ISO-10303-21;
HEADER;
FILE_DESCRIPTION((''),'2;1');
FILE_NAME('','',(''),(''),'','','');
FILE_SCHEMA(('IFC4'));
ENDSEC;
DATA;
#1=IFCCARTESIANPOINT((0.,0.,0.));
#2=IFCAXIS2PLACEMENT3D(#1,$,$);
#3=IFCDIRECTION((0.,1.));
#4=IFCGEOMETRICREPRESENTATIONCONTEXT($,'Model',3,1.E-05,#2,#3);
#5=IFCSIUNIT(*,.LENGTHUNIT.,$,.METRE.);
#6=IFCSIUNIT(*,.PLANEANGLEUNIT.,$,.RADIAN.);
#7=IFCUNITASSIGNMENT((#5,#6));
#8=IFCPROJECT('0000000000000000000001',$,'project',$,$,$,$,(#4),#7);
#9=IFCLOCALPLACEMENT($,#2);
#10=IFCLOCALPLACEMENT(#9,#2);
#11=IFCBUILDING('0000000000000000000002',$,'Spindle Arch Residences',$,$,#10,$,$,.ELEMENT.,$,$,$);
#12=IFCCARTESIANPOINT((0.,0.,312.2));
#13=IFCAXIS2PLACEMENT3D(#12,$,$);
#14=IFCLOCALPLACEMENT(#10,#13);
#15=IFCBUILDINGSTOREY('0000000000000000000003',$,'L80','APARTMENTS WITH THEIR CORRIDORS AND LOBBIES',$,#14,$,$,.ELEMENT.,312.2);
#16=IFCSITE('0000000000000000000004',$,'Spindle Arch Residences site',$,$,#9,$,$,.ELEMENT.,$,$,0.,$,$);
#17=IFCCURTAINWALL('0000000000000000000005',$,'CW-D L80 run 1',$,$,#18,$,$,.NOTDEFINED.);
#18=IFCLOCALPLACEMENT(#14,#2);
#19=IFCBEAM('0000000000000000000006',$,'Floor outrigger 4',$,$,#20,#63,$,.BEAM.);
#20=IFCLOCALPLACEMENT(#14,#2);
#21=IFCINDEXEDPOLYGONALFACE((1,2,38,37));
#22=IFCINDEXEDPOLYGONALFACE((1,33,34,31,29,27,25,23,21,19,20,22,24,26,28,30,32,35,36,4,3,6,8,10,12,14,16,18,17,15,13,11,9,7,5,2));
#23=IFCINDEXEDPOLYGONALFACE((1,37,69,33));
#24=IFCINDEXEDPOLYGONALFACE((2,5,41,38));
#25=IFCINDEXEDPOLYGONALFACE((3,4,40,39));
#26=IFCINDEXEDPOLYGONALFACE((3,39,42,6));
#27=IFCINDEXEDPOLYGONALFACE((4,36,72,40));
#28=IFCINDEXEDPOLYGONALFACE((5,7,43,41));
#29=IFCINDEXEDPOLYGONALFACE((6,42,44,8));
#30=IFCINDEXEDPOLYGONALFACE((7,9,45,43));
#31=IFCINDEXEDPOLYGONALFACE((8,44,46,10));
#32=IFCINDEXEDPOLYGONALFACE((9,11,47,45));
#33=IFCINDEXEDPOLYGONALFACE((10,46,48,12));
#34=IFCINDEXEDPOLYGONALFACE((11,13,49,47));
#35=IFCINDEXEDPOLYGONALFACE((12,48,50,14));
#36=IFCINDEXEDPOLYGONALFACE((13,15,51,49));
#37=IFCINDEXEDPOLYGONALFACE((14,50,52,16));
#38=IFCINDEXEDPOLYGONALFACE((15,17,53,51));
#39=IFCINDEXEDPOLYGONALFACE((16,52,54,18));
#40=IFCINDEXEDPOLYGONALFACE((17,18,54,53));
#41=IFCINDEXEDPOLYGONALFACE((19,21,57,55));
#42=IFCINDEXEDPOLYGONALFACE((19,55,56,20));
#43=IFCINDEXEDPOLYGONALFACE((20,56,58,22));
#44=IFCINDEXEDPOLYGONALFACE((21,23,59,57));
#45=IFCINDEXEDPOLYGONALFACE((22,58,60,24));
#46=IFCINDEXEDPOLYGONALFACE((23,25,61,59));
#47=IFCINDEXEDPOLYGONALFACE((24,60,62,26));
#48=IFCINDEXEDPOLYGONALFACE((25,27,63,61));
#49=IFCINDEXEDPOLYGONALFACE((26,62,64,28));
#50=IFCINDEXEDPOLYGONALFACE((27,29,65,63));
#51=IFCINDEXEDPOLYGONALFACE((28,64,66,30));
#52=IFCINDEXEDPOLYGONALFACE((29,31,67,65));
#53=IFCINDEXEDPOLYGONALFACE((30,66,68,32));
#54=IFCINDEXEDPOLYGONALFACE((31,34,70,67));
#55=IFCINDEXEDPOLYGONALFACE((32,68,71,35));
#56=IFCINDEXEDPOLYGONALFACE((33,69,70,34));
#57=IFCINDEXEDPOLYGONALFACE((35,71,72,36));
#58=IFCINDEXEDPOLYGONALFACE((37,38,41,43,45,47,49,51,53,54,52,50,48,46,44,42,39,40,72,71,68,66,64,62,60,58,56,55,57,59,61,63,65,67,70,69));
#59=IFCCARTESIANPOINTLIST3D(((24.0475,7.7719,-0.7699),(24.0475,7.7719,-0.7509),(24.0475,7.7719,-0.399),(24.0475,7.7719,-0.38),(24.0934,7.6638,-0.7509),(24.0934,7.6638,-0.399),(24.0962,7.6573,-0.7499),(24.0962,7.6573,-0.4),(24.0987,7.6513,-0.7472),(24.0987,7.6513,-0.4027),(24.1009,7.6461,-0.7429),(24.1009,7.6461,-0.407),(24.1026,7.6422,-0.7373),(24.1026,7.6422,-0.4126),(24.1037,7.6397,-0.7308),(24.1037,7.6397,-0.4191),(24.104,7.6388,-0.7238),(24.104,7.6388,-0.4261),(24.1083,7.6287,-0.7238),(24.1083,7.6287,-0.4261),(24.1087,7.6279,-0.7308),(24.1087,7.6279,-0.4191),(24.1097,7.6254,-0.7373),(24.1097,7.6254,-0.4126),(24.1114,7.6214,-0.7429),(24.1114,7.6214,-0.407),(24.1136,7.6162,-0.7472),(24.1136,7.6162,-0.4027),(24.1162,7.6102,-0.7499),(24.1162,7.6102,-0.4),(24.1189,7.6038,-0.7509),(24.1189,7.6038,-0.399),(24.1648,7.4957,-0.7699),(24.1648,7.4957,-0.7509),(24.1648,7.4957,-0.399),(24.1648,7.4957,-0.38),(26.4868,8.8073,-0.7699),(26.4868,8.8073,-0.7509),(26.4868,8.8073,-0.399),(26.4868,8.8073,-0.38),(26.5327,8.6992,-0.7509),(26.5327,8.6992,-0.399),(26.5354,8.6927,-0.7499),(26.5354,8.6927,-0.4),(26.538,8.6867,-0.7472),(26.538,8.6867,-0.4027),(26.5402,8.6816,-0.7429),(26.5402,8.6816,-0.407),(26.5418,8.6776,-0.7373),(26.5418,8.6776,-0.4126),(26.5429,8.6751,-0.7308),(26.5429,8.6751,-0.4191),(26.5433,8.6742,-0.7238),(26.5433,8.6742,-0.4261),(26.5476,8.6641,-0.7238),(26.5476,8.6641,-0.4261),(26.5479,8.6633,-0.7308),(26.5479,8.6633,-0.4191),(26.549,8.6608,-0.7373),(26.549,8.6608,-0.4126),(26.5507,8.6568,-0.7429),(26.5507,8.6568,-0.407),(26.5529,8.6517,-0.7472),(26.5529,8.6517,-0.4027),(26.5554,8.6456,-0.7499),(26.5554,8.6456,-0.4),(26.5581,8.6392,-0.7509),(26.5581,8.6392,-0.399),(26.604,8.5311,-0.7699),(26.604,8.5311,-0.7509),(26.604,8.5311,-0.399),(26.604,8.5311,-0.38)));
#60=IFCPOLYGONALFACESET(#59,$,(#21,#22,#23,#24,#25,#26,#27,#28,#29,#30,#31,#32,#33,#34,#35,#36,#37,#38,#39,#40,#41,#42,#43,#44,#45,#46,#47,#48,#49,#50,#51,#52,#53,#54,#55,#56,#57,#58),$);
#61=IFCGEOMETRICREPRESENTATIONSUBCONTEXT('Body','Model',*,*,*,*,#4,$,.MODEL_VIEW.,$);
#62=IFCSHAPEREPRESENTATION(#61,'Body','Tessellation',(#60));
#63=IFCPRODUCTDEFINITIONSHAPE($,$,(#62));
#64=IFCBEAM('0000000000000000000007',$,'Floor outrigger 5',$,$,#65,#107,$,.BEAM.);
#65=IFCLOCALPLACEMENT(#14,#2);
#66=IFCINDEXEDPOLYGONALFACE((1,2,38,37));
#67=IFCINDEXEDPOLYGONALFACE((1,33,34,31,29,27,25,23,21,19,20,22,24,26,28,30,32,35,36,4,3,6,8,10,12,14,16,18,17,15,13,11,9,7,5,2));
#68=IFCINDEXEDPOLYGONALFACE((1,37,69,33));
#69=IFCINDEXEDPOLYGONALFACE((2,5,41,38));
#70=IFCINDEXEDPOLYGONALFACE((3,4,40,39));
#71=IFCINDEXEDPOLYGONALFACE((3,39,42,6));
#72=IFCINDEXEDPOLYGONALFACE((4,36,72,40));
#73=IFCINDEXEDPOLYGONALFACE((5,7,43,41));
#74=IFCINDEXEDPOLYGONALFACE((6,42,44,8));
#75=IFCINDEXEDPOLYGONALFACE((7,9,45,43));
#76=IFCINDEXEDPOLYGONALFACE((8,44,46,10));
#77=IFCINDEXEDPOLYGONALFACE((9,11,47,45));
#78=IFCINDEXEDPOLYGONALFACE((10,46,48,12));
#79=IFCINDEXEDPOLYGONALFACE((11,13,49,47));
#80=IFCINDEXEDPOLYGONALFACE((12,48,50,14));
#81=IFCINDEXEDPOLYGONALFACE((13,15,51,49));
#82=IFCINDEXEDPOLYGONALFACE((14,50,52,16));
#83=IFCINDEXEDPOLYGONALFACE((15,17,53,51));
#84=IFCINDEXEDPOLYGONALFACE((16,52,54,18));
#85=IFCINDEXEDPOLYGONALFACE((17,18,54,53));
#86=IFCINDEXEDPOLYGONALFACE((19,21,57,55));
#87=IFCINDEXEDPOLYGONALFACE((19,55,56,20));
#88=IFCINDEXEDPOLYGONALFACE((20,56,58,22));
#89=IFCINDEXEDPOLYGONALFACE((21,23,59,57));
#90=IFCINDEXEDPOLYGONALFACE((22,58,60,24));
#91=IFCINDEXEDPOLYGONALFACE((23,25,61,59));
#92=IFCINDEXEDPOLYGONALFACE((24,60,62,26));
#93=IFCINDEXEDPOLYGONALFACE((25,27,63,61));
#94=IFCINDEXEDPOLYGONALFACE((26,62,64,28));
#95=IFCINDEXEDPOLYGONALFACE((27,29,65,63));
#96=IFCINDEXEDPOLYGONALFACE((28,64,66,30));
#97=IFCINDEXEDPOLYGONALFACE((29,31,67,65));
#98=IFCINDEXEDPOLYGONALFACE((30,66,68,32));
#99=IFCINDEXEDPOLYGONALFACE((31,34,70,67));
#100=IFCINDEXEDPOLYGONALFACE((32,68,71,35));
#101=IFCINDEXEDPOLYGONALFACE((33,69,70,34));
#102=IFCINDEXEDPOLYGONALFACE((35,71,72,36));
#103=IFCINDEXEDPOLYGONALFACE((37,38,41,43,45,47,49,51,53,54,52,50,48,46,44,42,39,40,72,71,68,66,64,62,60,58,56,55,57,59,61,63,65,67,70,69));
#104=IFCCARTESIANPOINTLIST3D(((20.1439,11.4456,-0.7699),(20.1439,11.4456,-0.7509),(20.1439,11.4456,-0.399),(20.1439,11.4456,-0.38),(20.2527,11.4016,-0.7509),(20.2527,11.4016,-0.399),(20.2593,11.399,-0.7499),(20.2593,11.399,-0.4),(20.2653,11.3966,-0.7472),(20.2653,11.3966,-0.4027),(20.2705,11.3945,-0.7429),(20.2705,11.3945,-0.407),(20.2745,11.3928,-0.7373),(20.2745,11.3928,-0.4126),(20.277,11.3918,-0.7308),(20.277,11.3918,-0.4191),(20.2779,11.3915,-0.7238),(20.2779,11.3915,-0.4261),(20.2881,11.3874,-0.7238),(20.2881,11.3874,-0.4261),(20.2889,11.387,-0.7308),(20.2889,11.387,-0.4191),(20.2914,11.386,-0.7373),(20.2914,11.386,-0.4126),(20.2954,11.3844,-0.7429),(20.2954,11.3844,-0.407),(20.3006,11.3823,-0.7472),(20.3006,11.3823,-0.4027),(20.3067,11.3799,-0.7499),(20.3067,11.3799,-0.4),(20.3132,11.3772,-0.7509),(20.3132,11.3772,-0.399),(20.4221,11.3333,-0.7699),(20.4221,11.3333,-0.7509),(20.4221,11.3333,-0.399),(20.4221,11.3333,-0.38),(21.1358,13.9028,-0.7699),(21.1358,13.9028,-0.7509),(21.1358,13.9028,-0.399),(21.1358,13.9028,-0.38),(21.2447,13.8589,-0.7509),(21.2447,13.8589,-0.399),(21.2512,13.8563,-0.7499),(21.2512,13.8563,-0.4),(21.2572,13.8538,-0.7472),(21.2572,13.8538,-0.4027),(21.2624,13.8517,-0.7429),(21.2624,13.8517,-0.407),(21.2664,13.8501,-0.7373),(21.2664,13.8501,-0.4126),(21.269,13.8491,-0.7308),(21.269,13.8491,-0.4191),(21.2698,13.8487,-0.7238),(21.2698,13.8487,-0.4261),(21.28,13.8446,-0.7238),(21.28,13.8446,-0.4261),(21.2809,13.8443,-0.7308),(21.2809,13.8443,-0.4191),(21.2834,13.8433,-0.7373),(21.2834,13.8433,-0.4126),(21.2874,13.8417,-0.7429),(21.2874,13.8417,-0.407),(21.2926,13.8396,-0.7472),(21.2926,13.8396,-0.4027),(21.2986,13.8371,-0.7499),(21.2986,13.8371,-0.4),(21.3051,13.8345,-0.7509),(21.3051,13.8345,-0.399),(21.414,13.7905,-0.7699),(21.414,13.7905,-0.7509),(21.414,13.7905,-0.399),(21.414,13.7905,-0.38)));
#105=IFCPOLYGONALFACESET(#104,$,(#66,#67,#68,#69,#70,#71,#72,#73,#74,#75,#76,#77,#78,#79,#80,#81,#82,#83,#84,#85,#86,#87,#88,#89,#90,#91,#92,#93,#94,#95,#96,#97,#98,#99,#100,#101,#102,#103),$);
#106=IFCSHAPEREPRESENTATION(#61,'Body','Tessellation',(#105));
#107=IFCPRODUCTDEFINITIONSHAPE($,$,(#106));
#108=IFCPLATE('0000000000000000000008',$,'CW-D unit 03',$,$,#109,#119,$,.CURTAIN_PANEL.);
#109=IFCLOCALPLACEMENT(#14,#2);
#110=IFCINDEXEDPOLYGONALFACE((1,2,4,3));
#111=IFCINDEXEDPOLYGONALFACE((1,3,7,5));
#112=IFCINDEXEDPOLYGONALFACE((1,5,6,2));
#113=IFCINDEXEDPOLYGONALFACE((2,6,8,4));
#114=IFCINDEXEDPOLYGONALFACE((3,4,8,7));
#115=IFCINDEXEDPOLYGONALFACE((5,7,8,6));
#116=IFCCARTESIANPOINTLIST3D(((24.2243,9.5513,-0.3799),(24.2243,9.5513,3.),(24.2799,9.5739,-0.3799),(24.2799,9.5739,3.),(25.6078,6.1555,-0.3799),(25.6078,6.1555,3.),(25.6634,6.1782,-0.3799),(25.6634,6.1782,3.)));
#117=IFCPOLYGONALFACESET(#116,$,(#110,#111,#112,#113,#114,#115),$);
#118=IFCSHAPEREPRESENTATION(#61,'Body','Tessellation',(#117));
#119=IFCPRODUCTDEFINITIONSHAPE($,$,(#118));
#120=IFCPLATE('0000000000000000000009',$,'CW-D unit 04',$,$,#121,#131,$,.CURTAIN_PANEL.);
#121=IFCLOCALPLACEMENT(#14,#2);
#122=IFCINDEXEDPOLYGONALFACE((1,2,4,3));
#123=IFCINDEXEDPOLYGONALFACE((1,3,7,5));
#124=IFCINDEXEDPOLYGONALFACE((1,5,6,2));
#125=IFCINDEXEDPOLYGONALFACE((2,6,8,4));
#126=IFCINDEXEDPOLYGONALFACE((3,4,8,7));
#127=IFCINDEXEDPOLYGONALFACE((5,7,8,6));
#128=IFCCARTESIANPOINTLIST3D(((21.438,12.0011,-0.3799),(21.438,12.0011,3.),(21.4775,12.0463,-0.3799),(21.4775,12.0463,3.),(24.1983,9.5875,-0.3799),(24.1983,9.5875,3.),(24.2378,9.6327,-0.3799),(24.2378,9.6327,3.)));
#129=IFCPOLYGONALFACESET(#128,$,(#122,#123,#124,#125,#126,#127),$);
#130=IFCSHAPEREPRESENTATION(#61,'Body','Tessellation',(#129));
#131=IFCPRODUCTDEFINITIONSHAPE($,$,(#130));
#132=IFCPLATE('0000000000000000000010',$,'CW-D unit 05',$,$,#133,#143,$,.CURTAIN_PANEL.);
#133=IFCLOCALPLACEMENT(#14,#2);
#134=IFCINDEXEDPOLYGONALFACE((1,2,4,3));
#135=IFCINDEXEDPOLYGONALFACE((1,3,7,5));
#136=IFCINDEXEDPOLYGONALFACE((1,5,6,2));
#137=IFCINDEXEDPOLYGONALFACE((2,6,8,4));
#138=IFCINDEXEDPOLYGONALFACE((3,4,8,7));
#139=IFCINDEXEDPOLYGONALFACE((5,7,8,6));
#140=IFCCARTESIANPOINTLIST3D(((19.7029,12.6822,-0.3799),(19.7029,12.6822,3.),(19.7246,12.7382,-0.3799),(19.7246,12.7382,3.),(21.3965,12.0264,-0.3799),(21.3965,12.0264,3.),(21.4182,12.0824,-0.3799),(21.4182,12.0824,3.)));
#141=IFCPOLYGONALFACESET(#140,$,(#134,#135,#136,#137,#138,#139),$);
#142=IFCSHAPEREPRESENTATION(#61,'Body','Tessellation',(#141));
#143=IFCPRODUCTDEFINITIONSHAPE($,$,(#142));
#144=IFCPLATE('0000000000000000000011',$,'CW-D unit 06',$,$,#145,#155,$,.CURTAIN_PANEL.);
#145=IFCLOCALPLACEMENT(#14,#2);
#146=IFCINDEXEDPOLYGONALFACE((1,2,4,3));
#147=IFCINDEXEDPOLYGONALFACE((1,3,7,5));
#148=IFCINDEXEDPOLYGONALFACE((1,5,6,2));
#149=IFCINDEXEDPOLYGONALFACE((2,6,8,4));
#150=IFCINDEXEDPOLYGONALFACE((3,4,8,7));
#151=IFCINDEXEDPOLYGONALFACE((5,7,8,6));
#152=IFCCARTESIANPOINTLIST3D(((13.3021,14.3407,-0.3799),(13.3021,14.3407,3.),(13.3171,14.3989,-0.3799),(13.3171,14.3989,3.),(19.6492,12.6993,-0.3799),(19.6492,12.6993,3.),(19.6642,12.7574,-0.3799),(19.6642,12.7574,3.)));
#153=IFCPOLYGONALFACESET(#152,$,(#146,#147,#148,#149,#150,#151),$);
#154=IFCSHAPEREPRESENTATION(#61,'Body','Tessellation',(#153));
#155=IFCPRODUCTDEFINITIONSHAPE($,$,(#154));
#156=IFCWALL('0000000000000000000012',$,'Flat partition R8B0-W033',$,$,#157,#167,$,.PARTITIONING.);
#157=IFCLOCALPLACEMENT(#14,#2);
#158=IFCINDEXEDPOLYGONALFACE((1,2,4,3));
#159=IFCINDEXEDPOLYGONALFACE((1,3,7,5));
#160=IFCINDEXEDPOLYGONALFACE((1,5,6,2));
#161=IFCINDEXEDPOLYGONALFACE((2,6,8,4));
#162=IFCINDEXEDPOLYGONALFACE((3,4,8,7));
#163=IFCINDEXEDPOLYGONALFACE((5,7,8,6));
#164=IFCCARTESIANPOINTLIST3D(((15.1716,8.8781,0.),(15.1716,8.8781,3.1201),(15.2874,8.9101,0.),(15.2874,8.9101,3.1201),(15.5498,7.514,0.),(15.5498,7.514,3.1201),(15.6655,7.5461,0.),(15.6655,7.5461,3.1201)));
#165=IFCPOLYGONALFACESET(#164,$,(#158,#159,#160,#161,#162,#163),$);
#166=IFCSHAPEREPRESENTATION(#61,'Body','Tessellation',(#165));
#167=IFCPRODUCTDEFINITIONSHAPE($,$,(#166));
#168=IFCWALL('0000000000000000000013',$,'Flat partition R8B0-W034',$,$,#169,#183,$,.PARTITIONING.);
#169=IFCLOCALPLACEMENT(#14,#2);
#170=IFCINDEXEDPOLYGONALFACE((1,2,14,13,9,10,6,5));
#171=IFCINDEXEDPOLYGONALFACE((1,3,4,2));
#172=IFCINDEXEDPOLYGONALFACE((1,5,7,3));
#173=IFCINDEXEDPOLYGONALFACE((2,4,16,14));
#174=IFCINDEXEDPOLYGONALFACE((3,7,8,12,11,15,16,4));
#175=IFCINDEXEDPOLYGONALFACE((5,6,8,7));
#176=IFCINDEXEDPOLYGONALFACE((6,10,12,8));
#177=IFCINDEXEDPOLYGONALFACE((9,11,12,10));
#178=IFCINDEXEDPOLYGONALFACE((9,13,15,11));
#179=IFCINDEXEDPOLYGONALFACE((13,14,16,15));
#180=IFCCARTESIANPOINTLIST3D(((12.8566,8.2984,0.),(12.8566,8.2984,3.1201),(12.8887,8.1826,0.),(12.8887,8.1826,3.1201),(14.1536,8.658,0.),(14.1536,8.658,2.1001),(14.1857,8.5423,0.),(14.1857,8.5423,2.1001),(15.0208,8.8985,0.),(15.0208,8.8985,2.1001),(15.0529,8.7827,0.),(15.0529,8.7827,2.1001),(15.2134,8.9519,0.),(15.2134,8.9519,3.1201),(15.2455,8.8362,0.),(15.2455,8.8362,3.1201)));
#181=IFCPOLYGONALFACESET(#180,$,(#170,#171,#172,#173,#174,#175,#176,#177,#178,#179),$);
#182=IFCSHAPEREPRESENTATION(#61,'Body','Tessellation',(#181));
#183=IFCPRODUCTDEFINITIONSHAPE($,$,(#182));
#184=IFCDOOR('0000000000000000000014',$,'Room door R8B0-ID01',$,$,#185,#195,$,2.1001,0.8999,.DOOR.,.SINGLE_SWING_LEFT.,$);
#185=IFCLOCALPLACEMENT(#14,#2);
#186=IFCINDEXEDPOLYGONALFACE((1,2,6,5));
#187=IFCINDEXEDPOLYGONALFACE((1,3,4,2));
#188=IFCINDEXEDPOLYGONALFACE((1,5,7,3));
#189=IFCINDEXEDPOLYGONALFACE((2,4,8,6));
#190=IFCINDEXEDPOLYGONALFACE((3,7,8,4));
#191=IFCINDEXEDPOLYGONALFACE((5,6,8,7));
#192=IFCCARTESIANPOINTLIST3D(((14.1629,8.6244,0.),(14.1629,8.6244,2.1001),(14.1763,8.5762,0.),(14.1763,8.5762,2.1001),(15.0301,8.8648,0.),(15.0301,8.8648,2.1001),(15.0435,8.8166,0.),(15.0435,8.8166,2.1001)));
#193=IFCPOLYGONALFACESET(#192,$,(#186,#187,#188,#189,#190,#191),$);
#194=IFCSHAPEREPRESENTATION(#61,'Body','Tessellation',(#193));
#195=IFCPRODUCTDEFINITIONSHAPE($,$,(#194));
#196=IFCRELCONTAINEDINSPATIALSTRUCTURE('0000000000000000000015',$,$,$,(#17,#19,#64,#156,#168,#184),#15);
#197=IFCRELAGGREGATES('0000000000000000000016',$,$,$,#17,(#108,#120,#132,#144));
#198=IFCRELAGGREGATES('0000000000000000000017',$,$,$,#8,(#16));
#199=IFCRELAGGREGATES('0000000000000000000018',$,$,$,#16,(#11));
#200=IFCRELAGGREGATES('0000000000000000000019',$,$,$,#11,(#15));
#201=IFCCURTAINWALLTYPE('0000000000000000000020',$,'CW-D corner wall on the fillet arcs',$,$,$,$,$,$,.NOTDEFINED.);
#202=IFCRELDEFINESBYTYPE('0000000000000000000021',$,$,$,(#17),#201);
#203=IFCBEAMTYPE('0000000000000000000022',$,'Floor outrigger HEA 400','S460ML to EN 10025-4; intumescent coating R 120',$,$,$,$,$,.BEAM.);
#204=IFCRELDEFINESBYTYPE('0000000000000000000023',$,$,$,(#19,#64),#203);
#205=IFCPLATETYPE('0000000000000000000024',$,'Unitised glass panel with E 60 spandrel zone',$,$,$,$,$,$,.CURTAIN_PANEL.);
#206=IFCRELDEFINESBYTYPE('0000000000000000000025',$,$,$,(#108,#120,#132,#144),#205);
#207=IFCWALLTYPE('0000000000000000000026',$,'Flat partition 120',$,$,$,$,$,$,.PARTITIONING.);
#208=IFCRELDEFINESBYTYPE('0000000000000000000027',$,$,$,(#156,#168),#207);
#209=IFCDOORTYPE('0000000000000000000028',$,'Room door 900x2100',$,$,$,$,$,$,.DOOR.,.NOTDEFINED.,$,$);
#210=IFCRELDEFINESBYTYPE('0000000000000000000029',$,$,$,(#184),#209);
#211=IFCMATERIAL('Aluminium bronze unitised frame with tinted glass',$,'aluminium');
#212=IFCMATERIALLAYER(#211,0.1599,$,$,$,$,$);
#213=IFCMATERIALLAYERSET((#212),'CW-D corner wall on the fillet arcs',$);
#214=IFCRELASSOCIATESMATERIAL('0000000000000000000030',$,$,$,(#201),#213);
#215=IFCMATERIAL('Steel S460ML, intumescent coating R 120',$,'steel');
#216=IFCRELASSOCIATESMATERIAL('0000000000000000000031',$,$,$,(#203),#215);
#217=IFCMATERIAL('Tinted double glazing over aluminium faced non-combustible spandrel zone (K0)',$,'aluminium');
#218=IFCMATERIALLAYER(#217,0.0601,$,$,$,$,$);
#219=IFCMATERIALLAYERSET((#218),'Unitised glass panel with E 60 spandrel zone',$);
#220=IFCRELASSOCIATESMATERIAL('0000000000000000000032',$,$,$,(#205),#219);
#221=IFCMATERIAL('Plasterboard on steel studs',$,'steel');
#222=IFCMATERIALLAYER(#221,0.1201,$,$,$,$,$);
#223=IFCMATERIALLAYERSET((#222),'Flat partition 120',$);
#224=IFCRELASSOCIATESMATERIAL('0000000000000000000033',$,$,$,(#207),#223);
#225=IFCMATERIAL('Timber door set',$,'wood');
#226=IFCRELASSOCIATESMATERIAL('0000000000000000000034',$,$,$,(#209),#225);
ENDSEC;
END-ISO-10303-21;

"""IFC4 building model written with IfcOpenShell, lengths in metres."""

from ifc_helpers import new_model, si_unit, direction, frame, frame_2d, origin, origin_2d, place, context, subcontext, project, spatial, rectangle, i_section, extrude, material, layer, layer_set, material_profile, profile_set, type_object, element, fill, aggregate, save


model = new_model("IFC4")

# Units and contexts
model_context = context("Model", 3, precision=1e-05, world=origin(), true_north=direction((0.0, 1.0)))
body_context = subcontext(model_context, "Body", "Model", "MODEL_VIEW")
ifc_project = project(units=[si_unit("LENGTHUNIT", "METRE"), si_unit("PLANEANGLEUNIT", "RADIAN")], contexts=[model_context])

# Site, building, storey
site_placement = place(None, origin())
site = spatial("IfcSite", under=ifc_project, at=site_placement, Name="Spindle Arch Residences site", CompositionType="ELEMENT", RefElevation=0.0)
building_placement = place(site_placement, origin())
building = spatial("IfcBuilding", under=site, at=building_placement, Name="Spindle Arch Residences", CompositionType="ELEMENT")
storey_placement = place(building_placement, frame((0.0, 0.0, 312.2)))
storey = spatial("IfcBuildingStorey", under=building, at=storey_placement, Name="L80", Description="APARTMENTS WITH THEIR CORRIDORS AND LOBBIES", CompositionType="ELEMENT", Elevation=312.2)

# Curtain wall
ifc_material_1 = material(Name="Aluminium bronze unitised frame with tinted glass", Category="aluminium")
ifc_layer_1 = layer(ifc_material_1, 0.1599)
ifc_layer_set_1 = layer_set([ifc_layer_1], Name="CW-D corner wall on the fillet arcs")
curtain_wall_type = type_object("IfcCurtainWallType", Name="CW-D corner wall on the fillet arcs", PredefinedType="NOTDEFINED", material=ifc_layer_set_1)
curtain_wall_placement = place(storey_placement, origin())
curtain_wall = element("IfcCurtainWall", 1, at=curtain_wall_placement, inside=storey, type_object=curtain_wall_type, Name="CW-D L80 run 1", PredefinedType="NOTDEFINED")

# Beams
ifc_material_2 = material(Name="Steel S460ML, intumescent coating R 120", Category="steel")
ifc_material_profile_1 = material_profile(ifc_material_2, i_section(OverallWidth=0.3, OverallDepth=0.3899, WebThickness=0.011, FlangeThickness=0.019, FilletRadius=0.0271, at=origin_2d()), Name="HEA 400")
ifc_profile_set_1 = profile_set([ifc_material_profile_1], Name="Steel S460ML, intumescent coating R 120")
beam_type_1 = type_object("IfcBeamType", Name="Floor outrigger HEA 400", Description="S460ML to EN 10025-4; intumescent coating R 120", PredefinedType="BEAM", material=ifc_profile_set_1)
for number, where, z_axis, x_axis, name in (
    (2, (26.5454, 8.6692, -0.575), (-0.920502, -0.390737, 0.0), (0.390737, -0.920502, 0.0), "Floor outrigger 4"),
    (3, (21.2749, 13.8467, -0.575), (-0.374327, -0.927297, 0.0), (0.927297, -0.374327, 0.0), "Floor outrigger 5"),
):
    element("IfcBeam", number, at=place(storey_placement, frame(where, z_axis=z_axis, x_axis=x_axis)), inside=storey, type_object=beam_type_1, Name=name, PredefinedType="BEAM", context=body_context, shape_type="SweptSolid", body=[
        extrude(i_section(OverallWidth=0.3, OverallDepth=0.3899, WebThickness=0.011, FlangeThickness=0.019, FilletRadius=0.0271, at=origin_2d()), origin(), (0.0, 0.0, 1.0), 2.6499),
    ])

# Plates
ifc_material_3 = material(Name="Tinted double glazing over aluminium faced non-combustible spandrel zone (K0)", Category="aluminium")
ifc_layer_2 = layer(ifc_material_3, 0.0601)
ifc_layer_set_2 = layer_set([ifc_layer_2], Name="Unitised glass panel with E 60 spandrel zone")
plate_type = type_object("IfcPlateType", Name="Unitised glass panel with E 60 spandrel zone", PredefinedType="CURTAIN_PANEL", material=ifc_layer_set_2)
plate_1_placement = place(storey_placement, frame((24.9438, 7.8647, -0.3799), z_axis=(0.0, 0.0, 1.0), x_axis=(-0.377302, 0.92609, 0.0)))
plate_1 = element("IfcPlate", 4, at=plate_1_placement, type_object=plate_type, Name="CW-D unit 03", PredefinedType="CURTAIN_PANEL", context=body_context, shape_type="SweptSolid", body=[
    extrude(rectangle(XDim=3.6667, YDim=0.0601, at=origin_2d()), origin(), (0.0, 0.0, 1.0), 3.3799),
])
plate_2_placement = place(storey_placement, frame((22.8379, 10.8169, -0.3799), z_axis=(0.0, 0.0, 1.0), x_axis=(-0.752798, 0.658252, 0.0)))
plate_2 = element("IfcPlate", 5, at=plate_2_placement, type_object=plate_type, Name="CW-D unit 04", PredefinedType="CURTAIN_PANEL", context=body_context, shape_type="SweptSolid", body=[
    extrude(rectangle(XDim=3.6667, YDim=0.0601, at=origin_2d()), origin(), (0.0, 0.0, 1.0), 3.3799),
])
plate_3_placement = place(storey_placement, frame((20.5605, 12.3823, -0.3799), z_axis=(0.0, 0.0, 1.0), x_axis=(-0.932534, 0.361082, 0.0)))
plate_3 = element("IfcPlate", 6, at=plate_3_placement, type_object=plate_type, Name="CW-D unit 05", PredefinedType="CURTAIN_PANEL", context=body_context, shape_type="SweptSolid", body=[
    extrude(rectangle(XDim=1.8162, YDim=0.0601, at=origin_2d()), origin(), (0.0, 0.0, 1.0), 3.3799),
])
plate_4_placement = place(storey_placement, frame((16.4832, 13.5491, -0.3799), z_axis=(0.0, 0.0, 1.0), x_axis=(-0.968148, 0.25038, 0.0)))
plate_4 = element("IfcPlate", 7, at=plate_4_placement, type_object=plate_type, Name="CW-D unit 06", PredefinedType="CURTAIN_PANEL", context=body_context, shape_type="SweptSolid", body=[
    extrude(rectangle(XDim=6.5559, YDim=0.0601, at=origin_2d()), origin(), (0.0, 0.0, 1.0), 3.3799),
])
aggregate(curtain_wall, [plate_1, plate_2, plate_3, plate_4])

# Wall
ifc_material_4 = material(Name="Plasterboard on steel studs", Category="steel")
ifc_layer_3 = layer(ifc_material_4, 0.1201)
ifc_layer_set_3 = layer_set([ifc_layer_3], Name="Flat partition 120")
wall_type = type_object("IfcWallType", Name="Flat partition 120", PredefinedType="PARTITIONING", material=ifc_layer_set_3)
wall_1_placement = place(storey_placement, frame((15.6077, 7.53, 0.0), z_axis=(0.0, 0.0, 1.0), x_axis=(-0.267172, 0.963649, 0.0)))
element("IfcWall", 8, at=wall_1_placement, inside=storey, type_object=wall_type, Name="Flat partition R8B0-W033", PredefinedType="PARTITIONING", context=body_context, shape_type="SweptSolid", body=[
    extrude(rectangle(XDim=1.4155, YDim=0.1201, at=frame_2d((0.7078, 0.0))), origin(), (0.0, 0.0, 1.0), 3.1201),
])

# Wall, opening, door
wall_2_placement = place(storey_placement, frame((15.2295, 8.894, 0.0), z_axis=(0.0, 0.0, 1.0), x_axis=(-0.963638, -0.267211, 0.0)))
wall_2 = element("IfcWall", 9, at=wall_2_placement, inside=storey, type_object=wall_type, Name="Flat partition R8B0-W034", PredefinedType="PARTITIONING", context=body_context, shape_type="SweptSolid", body=[
    extrude(rectangle(XDim=2.4458, YDim=0.1201, at=frame_2d((1.2229, 0.0))), origin(), (0.0, 0.0, 1.0), 3.1201),
])
opening_1_placement = place(wall_2_placement, frame((0.2, 0.0, 0.0)))
opening_1 = element("IfcOpeningElement", 10, at=opening_1_placement, cuts=wall_2, PredefinedType="OPENING", context=body_context, shape_type="SweptSolid", body=[
    extrude(rectangle(XDim=0.8999, YDim=2.1001, at=frame_2d((0.45, 1.05))), frame((0.0, 0.0701, 0.0), z_axis=(0.0, -1.0, 0.0), x_axis=(1.0, 0.0, 0.0)), (0.0, 0.0, 1.0), 0.1401),
])
ifc_material_5 = material(Name="Timber door set", Category="wood")
door_type = type_object("IfcDoorType", Name="Room door 900x2100", OperationType="NOTDEFINED", PredefinedType="DOOR", material=ifc_material_5)
door_1_placement = place(opening_1_placement, origin())
door_1 = element("IfcDoor", 11, at=door_1_placement, inside=storey, type_object=door_type, Name="Room door R8B0-ID01", OperationType="SINGLE_SWING_LEFT", OverallHeight=2.1001, OverallWidth=0.8999, PredefinedType="DOOR", context=body_context, shape_type="SweptSolid", body=[
    extrude(rectangle(XDim=0.8999, YDim=2.1001, at=frame_2d((0.45, 1.05))), frame((0.0, 0.0249, 0.0), z_axis=(0.0, -1.0, 0.0), x_axis=(1.0, 0.0, 0.0)), (0.0, 0.0, 1.0), 0.05),
])
fill(opening_1, door_1)

save(model, "model.ifc")
